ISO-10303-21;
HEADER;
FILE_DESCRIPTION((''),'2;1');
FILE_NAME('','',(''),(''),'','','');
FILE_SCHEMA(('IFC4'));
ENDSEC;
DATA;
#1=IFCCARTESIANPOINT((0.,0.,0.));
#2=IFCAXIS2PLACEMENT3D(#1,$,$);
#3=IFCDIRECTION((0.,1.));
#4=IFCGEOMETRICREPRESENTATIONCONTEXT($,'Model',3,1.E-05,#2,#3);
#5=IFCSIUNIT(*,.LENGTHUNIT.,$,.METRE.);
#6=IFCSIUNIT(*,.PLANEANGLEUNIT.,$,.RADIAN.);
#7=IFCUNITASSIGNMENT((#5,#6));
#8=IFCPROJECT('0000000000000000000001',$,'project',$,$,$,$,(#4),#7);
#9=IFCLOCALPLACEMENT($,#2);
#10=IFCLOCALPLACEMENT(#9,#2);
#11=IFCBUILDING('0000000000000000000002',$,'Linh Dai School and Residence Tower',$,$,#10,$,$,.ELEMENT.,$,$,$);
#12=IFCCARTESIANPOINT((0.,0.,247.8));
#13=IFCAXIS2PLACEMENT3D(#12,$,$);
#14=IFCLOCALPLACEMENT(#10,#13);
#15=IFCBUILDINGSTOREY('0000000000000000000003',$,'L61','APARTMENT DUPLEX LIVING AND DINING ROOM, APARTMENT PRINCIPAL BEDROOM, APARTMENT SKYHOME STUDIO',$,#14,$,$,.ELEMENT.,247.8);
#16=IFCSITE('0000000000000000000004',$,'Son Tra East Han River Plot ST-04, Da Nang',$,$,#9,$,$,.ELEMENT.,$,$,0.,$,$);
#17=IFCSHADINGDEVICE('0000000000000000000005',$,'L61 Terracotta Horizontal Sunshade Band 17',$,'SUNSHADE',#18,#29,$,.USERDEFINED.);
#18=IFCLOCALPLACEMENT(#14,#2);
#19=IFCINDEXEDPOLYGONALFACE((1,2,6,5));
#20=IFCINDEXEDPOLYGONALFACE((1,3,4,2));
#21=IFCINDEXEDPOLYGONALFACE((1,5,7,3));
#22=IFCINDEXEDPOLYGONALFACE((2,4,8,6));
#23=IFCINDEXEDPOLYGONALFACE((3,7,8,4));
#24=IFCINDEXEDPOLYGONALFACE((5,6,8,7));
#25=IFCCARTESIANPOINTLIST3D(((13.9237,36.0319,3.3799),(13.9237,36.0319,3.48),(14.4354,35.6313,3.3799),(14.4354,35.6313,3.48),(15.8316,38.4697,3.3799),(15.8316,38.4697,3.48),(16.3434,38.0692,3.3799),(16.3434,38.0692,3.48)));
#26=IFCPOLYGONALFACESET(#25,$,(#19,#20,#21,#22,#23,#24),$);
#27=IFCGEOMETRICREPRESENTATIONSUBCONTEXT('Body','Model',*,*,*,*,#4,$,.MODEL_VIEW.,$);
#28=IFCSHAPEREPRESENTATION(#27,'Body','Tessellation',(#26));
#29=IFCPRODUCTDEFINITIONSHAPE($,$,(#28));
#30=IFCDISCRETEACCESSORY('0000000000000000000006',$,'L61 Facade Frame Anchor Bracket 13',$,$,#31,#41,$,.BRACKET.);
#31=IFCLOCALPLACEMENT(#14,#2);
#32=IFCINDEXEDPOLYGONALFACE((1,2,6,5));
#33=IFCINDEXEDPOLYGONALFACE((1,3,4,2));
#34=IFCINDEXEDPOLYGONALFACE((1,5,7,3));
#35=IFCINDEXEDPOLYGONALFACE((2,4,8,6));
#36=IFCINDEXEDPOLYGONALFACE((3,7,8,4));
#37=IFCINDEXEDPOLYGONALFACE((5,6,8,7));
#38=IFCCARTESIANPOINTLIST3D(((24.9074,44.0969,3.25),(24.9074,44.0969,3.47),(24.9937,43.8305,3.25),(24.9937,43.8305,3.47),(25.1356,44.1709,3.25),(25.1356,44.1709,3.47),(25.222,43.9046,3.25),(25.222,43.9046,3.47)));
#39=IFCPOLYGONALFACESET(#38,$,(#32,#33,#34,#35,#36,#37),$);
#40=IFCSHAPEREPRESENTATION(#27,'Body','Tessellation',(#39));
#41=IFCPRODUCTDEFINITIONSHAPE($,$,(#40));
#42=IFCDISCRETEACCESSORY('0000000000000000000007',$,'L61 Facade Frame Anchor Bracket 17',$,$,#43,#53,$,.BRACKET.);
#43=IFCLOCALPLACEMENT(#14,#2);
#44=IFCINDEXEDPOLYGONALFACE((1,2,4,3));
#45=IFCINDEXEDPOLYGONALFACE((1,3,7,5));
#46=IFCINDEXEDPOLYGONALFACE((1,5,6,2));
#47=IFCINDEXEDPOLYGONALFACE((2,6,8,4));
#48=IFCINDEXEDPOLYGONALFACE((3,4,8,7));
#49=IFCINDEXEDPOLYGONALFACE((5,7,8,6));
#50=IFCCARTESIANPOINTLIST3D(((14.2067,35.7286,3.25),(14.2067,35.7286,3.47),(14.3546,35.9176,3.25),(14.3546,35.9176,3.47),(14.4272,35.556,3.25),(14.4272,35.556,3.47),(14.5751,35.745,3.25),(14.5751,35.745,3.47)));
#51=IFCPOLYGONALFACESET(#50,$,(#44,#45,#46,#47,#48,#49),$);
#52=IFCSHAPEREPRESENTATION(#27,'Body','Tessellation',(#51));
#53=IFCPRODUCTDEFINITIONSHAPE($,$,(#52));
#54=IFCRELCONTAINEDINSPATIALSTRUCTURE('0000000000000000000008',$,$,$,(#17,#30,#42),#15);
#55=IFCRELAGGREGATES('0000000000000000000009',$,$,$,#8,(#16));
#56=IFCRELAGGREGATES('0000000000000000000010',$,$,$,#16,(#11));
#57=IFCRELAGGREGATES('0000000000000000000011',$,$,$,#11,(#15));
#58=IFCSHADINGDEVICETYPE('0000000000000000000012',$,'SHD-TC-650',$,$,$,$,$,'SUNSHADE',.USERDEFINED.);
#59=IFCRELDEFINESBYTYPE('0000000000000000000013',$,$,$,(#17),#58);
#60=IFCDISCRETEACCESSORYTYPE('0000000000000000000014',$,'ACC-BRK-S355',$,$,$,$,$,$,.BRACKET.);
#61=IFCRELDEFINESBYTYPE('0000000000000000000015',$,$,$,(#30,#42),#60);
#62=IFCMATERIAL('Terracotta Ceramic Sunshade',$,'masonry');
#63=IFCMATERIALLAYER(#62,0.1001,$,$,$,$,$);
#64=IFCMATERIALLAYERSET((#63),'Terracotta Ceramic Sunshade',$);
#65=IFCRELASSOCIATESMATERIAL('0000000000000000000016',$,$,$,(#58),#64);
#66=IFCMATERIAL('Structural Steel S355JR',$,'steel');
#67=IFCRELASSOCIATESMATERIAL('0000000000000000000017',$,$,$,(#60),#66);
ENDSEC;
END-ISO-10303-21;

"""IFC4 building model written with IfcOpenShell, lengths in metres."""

from ifc_helpers import new_model, si_unit, direction, frame, origin, origin_2d, place, context, subcontext, project, spatial, rectangle, extrude, source, transform, mapped, material, layer, layer_set, type_object, element, save


model = new_model("IFC4")

# Units and contexts
model_context = context("Model", 3, precision=1e-05, world=origin(), true_north=direction((0.0, 1.0)))
body_context = subcontext(model_context, "Body", "Model", "MODEL_VIEW")
ifc_project = project(units=[si_unit("LENGTHUNIT", "METRE"), si_unit("PLANEANGLEUNIT", "RADIAN")], contexts=[model_context])

# Site, building, storey
site_placement = place(None, origin())
site = spatial("IfcSite", under=ifc_project, at=site_placement, Name="Son Tra East Han River Plot ST-04, Da Nang", CompositionType="ELEMENT", RefElevation=0.0)
building_placement = place(site_placement, origin())
building = spatial("IfcBuilding", under=site, at=building_placement, Name="Linh Dai School and Residence Tower", CompositionType="ELEMENT")
storey_placement = place(building_placement, frame((0.0, 0.0, 247.8)))
storey = spatial("IfcBuildingStorey", under=building, at=storey_placement, Name="L61", Description="APARTMENT DUPLEX LIVING AND DINING ROOM, APARTMENT PRINCIPAL BEDROOM, APARTMENT SKYHOME STUDIO", CompositionType="ELEMENT", Elevation=247.8)

# Shared definitions
ifc_material_1 = material(Name="Structural Steel S355JR", Category="steel")

# Shading device
ifc_material_2 = material(Name="Terracotta Ceramic Sunshade", Category="masonry")
ifc_layer_1 = layer(ifc_material_2, 0.1001)
ifc_layer_set_1 = layer_set([ifc_layer_1], Name="Terracotta Ceramic Sunshade")
shading_device_type = type_object("IfcShadingDeviceType", Name="SHD-TC-650", ElementType="SUNSHADE", PredefinedType="USERDEFINED", material=ifc_layer_set_1)
shared_shape_1 = source(origin(), body_context, "Body", "SweptSolid", [
    extrude(rectangle(XDim=3.0957, YDim=0.6499, at=origin_2d()), origin(), (0.0, 0.0, 1.0), 0.1001),
])
shading_device_1_placement = place(storey_placement, frame((15.1335, 37.0505, 3.3799), z_axis=(0.0, 0.0, 1.0), x_axis=(0.616332, 0.787487, 0.0)))
element("IfcShadingDevice", 1, at=shading_device_1_placement, inside=storey, type_object=shading_device_type, Name="L61 Terracotta Horizontal Sunshade Band 17", ObjectType="SUNSHADE", PredefinedType="USERDEFINED", context=body_context, shape_type="MappedRepresentation", body=[
    mapped(shared_shape_1, transform((0.0, 0.0, 0.0), x_axis=(1.0, 0.0, 0.0), y_axis=(0.0, 1.0, 0.0), z_axis=(0.0, 0.0, 1.0), scale=1.0)),
])

# Discrete accessories
discrete_accessory_type = type_object("IfcDiscreteAccessoryType", Name="ACC-BRK-S355", PredefinedType="BRACKET", material=ifc_material_1)
shared_shape_2 = source(origin(), body_context, "Body", "SweptSolid", [
    extrude(rectangle(XDim=0.28, YDim=0.24, at=origin_2d()), origin(), (0.0, 0.0, 1.0), 0.22),
])
for number, where, z_axis, x_axis, name in (
    (2, (25.0647, 44.0007, 3.25), (0.0, 0.0, 1.0), (-0.308501, 0.951224, 0.0), "L61 Facade Frame Anchor Bracket 13"),
    (3, (14.3909, 35.7368, 3.25), (0.0, 0.0, 1.0), (-0.787487, 0.616332, 0.0), "L61 Facade Frame Anchor Bracket 17"),
):
    element("IfcDiscreteAccessory", number, at=place(storey_placement, frame(where, z_axis=z_axis, x_axis=x_axis)), inside=storey, type_object=discrete_accessory_type, Name=name, PredefinedType="BRACKET", context=body_context, shape_type="MappedRepresentation", body=[
        mapped(shared_shape_2, transform((0.0, 0.0, 0.0), x_axis=(1.0, 0.0, 0.0), y_axis=(0.0, 1.0, 0.0), z_axis=(0.0, 0.0, 1.0), scale=1.0)),
    ])

save(model, "model.ifc")
